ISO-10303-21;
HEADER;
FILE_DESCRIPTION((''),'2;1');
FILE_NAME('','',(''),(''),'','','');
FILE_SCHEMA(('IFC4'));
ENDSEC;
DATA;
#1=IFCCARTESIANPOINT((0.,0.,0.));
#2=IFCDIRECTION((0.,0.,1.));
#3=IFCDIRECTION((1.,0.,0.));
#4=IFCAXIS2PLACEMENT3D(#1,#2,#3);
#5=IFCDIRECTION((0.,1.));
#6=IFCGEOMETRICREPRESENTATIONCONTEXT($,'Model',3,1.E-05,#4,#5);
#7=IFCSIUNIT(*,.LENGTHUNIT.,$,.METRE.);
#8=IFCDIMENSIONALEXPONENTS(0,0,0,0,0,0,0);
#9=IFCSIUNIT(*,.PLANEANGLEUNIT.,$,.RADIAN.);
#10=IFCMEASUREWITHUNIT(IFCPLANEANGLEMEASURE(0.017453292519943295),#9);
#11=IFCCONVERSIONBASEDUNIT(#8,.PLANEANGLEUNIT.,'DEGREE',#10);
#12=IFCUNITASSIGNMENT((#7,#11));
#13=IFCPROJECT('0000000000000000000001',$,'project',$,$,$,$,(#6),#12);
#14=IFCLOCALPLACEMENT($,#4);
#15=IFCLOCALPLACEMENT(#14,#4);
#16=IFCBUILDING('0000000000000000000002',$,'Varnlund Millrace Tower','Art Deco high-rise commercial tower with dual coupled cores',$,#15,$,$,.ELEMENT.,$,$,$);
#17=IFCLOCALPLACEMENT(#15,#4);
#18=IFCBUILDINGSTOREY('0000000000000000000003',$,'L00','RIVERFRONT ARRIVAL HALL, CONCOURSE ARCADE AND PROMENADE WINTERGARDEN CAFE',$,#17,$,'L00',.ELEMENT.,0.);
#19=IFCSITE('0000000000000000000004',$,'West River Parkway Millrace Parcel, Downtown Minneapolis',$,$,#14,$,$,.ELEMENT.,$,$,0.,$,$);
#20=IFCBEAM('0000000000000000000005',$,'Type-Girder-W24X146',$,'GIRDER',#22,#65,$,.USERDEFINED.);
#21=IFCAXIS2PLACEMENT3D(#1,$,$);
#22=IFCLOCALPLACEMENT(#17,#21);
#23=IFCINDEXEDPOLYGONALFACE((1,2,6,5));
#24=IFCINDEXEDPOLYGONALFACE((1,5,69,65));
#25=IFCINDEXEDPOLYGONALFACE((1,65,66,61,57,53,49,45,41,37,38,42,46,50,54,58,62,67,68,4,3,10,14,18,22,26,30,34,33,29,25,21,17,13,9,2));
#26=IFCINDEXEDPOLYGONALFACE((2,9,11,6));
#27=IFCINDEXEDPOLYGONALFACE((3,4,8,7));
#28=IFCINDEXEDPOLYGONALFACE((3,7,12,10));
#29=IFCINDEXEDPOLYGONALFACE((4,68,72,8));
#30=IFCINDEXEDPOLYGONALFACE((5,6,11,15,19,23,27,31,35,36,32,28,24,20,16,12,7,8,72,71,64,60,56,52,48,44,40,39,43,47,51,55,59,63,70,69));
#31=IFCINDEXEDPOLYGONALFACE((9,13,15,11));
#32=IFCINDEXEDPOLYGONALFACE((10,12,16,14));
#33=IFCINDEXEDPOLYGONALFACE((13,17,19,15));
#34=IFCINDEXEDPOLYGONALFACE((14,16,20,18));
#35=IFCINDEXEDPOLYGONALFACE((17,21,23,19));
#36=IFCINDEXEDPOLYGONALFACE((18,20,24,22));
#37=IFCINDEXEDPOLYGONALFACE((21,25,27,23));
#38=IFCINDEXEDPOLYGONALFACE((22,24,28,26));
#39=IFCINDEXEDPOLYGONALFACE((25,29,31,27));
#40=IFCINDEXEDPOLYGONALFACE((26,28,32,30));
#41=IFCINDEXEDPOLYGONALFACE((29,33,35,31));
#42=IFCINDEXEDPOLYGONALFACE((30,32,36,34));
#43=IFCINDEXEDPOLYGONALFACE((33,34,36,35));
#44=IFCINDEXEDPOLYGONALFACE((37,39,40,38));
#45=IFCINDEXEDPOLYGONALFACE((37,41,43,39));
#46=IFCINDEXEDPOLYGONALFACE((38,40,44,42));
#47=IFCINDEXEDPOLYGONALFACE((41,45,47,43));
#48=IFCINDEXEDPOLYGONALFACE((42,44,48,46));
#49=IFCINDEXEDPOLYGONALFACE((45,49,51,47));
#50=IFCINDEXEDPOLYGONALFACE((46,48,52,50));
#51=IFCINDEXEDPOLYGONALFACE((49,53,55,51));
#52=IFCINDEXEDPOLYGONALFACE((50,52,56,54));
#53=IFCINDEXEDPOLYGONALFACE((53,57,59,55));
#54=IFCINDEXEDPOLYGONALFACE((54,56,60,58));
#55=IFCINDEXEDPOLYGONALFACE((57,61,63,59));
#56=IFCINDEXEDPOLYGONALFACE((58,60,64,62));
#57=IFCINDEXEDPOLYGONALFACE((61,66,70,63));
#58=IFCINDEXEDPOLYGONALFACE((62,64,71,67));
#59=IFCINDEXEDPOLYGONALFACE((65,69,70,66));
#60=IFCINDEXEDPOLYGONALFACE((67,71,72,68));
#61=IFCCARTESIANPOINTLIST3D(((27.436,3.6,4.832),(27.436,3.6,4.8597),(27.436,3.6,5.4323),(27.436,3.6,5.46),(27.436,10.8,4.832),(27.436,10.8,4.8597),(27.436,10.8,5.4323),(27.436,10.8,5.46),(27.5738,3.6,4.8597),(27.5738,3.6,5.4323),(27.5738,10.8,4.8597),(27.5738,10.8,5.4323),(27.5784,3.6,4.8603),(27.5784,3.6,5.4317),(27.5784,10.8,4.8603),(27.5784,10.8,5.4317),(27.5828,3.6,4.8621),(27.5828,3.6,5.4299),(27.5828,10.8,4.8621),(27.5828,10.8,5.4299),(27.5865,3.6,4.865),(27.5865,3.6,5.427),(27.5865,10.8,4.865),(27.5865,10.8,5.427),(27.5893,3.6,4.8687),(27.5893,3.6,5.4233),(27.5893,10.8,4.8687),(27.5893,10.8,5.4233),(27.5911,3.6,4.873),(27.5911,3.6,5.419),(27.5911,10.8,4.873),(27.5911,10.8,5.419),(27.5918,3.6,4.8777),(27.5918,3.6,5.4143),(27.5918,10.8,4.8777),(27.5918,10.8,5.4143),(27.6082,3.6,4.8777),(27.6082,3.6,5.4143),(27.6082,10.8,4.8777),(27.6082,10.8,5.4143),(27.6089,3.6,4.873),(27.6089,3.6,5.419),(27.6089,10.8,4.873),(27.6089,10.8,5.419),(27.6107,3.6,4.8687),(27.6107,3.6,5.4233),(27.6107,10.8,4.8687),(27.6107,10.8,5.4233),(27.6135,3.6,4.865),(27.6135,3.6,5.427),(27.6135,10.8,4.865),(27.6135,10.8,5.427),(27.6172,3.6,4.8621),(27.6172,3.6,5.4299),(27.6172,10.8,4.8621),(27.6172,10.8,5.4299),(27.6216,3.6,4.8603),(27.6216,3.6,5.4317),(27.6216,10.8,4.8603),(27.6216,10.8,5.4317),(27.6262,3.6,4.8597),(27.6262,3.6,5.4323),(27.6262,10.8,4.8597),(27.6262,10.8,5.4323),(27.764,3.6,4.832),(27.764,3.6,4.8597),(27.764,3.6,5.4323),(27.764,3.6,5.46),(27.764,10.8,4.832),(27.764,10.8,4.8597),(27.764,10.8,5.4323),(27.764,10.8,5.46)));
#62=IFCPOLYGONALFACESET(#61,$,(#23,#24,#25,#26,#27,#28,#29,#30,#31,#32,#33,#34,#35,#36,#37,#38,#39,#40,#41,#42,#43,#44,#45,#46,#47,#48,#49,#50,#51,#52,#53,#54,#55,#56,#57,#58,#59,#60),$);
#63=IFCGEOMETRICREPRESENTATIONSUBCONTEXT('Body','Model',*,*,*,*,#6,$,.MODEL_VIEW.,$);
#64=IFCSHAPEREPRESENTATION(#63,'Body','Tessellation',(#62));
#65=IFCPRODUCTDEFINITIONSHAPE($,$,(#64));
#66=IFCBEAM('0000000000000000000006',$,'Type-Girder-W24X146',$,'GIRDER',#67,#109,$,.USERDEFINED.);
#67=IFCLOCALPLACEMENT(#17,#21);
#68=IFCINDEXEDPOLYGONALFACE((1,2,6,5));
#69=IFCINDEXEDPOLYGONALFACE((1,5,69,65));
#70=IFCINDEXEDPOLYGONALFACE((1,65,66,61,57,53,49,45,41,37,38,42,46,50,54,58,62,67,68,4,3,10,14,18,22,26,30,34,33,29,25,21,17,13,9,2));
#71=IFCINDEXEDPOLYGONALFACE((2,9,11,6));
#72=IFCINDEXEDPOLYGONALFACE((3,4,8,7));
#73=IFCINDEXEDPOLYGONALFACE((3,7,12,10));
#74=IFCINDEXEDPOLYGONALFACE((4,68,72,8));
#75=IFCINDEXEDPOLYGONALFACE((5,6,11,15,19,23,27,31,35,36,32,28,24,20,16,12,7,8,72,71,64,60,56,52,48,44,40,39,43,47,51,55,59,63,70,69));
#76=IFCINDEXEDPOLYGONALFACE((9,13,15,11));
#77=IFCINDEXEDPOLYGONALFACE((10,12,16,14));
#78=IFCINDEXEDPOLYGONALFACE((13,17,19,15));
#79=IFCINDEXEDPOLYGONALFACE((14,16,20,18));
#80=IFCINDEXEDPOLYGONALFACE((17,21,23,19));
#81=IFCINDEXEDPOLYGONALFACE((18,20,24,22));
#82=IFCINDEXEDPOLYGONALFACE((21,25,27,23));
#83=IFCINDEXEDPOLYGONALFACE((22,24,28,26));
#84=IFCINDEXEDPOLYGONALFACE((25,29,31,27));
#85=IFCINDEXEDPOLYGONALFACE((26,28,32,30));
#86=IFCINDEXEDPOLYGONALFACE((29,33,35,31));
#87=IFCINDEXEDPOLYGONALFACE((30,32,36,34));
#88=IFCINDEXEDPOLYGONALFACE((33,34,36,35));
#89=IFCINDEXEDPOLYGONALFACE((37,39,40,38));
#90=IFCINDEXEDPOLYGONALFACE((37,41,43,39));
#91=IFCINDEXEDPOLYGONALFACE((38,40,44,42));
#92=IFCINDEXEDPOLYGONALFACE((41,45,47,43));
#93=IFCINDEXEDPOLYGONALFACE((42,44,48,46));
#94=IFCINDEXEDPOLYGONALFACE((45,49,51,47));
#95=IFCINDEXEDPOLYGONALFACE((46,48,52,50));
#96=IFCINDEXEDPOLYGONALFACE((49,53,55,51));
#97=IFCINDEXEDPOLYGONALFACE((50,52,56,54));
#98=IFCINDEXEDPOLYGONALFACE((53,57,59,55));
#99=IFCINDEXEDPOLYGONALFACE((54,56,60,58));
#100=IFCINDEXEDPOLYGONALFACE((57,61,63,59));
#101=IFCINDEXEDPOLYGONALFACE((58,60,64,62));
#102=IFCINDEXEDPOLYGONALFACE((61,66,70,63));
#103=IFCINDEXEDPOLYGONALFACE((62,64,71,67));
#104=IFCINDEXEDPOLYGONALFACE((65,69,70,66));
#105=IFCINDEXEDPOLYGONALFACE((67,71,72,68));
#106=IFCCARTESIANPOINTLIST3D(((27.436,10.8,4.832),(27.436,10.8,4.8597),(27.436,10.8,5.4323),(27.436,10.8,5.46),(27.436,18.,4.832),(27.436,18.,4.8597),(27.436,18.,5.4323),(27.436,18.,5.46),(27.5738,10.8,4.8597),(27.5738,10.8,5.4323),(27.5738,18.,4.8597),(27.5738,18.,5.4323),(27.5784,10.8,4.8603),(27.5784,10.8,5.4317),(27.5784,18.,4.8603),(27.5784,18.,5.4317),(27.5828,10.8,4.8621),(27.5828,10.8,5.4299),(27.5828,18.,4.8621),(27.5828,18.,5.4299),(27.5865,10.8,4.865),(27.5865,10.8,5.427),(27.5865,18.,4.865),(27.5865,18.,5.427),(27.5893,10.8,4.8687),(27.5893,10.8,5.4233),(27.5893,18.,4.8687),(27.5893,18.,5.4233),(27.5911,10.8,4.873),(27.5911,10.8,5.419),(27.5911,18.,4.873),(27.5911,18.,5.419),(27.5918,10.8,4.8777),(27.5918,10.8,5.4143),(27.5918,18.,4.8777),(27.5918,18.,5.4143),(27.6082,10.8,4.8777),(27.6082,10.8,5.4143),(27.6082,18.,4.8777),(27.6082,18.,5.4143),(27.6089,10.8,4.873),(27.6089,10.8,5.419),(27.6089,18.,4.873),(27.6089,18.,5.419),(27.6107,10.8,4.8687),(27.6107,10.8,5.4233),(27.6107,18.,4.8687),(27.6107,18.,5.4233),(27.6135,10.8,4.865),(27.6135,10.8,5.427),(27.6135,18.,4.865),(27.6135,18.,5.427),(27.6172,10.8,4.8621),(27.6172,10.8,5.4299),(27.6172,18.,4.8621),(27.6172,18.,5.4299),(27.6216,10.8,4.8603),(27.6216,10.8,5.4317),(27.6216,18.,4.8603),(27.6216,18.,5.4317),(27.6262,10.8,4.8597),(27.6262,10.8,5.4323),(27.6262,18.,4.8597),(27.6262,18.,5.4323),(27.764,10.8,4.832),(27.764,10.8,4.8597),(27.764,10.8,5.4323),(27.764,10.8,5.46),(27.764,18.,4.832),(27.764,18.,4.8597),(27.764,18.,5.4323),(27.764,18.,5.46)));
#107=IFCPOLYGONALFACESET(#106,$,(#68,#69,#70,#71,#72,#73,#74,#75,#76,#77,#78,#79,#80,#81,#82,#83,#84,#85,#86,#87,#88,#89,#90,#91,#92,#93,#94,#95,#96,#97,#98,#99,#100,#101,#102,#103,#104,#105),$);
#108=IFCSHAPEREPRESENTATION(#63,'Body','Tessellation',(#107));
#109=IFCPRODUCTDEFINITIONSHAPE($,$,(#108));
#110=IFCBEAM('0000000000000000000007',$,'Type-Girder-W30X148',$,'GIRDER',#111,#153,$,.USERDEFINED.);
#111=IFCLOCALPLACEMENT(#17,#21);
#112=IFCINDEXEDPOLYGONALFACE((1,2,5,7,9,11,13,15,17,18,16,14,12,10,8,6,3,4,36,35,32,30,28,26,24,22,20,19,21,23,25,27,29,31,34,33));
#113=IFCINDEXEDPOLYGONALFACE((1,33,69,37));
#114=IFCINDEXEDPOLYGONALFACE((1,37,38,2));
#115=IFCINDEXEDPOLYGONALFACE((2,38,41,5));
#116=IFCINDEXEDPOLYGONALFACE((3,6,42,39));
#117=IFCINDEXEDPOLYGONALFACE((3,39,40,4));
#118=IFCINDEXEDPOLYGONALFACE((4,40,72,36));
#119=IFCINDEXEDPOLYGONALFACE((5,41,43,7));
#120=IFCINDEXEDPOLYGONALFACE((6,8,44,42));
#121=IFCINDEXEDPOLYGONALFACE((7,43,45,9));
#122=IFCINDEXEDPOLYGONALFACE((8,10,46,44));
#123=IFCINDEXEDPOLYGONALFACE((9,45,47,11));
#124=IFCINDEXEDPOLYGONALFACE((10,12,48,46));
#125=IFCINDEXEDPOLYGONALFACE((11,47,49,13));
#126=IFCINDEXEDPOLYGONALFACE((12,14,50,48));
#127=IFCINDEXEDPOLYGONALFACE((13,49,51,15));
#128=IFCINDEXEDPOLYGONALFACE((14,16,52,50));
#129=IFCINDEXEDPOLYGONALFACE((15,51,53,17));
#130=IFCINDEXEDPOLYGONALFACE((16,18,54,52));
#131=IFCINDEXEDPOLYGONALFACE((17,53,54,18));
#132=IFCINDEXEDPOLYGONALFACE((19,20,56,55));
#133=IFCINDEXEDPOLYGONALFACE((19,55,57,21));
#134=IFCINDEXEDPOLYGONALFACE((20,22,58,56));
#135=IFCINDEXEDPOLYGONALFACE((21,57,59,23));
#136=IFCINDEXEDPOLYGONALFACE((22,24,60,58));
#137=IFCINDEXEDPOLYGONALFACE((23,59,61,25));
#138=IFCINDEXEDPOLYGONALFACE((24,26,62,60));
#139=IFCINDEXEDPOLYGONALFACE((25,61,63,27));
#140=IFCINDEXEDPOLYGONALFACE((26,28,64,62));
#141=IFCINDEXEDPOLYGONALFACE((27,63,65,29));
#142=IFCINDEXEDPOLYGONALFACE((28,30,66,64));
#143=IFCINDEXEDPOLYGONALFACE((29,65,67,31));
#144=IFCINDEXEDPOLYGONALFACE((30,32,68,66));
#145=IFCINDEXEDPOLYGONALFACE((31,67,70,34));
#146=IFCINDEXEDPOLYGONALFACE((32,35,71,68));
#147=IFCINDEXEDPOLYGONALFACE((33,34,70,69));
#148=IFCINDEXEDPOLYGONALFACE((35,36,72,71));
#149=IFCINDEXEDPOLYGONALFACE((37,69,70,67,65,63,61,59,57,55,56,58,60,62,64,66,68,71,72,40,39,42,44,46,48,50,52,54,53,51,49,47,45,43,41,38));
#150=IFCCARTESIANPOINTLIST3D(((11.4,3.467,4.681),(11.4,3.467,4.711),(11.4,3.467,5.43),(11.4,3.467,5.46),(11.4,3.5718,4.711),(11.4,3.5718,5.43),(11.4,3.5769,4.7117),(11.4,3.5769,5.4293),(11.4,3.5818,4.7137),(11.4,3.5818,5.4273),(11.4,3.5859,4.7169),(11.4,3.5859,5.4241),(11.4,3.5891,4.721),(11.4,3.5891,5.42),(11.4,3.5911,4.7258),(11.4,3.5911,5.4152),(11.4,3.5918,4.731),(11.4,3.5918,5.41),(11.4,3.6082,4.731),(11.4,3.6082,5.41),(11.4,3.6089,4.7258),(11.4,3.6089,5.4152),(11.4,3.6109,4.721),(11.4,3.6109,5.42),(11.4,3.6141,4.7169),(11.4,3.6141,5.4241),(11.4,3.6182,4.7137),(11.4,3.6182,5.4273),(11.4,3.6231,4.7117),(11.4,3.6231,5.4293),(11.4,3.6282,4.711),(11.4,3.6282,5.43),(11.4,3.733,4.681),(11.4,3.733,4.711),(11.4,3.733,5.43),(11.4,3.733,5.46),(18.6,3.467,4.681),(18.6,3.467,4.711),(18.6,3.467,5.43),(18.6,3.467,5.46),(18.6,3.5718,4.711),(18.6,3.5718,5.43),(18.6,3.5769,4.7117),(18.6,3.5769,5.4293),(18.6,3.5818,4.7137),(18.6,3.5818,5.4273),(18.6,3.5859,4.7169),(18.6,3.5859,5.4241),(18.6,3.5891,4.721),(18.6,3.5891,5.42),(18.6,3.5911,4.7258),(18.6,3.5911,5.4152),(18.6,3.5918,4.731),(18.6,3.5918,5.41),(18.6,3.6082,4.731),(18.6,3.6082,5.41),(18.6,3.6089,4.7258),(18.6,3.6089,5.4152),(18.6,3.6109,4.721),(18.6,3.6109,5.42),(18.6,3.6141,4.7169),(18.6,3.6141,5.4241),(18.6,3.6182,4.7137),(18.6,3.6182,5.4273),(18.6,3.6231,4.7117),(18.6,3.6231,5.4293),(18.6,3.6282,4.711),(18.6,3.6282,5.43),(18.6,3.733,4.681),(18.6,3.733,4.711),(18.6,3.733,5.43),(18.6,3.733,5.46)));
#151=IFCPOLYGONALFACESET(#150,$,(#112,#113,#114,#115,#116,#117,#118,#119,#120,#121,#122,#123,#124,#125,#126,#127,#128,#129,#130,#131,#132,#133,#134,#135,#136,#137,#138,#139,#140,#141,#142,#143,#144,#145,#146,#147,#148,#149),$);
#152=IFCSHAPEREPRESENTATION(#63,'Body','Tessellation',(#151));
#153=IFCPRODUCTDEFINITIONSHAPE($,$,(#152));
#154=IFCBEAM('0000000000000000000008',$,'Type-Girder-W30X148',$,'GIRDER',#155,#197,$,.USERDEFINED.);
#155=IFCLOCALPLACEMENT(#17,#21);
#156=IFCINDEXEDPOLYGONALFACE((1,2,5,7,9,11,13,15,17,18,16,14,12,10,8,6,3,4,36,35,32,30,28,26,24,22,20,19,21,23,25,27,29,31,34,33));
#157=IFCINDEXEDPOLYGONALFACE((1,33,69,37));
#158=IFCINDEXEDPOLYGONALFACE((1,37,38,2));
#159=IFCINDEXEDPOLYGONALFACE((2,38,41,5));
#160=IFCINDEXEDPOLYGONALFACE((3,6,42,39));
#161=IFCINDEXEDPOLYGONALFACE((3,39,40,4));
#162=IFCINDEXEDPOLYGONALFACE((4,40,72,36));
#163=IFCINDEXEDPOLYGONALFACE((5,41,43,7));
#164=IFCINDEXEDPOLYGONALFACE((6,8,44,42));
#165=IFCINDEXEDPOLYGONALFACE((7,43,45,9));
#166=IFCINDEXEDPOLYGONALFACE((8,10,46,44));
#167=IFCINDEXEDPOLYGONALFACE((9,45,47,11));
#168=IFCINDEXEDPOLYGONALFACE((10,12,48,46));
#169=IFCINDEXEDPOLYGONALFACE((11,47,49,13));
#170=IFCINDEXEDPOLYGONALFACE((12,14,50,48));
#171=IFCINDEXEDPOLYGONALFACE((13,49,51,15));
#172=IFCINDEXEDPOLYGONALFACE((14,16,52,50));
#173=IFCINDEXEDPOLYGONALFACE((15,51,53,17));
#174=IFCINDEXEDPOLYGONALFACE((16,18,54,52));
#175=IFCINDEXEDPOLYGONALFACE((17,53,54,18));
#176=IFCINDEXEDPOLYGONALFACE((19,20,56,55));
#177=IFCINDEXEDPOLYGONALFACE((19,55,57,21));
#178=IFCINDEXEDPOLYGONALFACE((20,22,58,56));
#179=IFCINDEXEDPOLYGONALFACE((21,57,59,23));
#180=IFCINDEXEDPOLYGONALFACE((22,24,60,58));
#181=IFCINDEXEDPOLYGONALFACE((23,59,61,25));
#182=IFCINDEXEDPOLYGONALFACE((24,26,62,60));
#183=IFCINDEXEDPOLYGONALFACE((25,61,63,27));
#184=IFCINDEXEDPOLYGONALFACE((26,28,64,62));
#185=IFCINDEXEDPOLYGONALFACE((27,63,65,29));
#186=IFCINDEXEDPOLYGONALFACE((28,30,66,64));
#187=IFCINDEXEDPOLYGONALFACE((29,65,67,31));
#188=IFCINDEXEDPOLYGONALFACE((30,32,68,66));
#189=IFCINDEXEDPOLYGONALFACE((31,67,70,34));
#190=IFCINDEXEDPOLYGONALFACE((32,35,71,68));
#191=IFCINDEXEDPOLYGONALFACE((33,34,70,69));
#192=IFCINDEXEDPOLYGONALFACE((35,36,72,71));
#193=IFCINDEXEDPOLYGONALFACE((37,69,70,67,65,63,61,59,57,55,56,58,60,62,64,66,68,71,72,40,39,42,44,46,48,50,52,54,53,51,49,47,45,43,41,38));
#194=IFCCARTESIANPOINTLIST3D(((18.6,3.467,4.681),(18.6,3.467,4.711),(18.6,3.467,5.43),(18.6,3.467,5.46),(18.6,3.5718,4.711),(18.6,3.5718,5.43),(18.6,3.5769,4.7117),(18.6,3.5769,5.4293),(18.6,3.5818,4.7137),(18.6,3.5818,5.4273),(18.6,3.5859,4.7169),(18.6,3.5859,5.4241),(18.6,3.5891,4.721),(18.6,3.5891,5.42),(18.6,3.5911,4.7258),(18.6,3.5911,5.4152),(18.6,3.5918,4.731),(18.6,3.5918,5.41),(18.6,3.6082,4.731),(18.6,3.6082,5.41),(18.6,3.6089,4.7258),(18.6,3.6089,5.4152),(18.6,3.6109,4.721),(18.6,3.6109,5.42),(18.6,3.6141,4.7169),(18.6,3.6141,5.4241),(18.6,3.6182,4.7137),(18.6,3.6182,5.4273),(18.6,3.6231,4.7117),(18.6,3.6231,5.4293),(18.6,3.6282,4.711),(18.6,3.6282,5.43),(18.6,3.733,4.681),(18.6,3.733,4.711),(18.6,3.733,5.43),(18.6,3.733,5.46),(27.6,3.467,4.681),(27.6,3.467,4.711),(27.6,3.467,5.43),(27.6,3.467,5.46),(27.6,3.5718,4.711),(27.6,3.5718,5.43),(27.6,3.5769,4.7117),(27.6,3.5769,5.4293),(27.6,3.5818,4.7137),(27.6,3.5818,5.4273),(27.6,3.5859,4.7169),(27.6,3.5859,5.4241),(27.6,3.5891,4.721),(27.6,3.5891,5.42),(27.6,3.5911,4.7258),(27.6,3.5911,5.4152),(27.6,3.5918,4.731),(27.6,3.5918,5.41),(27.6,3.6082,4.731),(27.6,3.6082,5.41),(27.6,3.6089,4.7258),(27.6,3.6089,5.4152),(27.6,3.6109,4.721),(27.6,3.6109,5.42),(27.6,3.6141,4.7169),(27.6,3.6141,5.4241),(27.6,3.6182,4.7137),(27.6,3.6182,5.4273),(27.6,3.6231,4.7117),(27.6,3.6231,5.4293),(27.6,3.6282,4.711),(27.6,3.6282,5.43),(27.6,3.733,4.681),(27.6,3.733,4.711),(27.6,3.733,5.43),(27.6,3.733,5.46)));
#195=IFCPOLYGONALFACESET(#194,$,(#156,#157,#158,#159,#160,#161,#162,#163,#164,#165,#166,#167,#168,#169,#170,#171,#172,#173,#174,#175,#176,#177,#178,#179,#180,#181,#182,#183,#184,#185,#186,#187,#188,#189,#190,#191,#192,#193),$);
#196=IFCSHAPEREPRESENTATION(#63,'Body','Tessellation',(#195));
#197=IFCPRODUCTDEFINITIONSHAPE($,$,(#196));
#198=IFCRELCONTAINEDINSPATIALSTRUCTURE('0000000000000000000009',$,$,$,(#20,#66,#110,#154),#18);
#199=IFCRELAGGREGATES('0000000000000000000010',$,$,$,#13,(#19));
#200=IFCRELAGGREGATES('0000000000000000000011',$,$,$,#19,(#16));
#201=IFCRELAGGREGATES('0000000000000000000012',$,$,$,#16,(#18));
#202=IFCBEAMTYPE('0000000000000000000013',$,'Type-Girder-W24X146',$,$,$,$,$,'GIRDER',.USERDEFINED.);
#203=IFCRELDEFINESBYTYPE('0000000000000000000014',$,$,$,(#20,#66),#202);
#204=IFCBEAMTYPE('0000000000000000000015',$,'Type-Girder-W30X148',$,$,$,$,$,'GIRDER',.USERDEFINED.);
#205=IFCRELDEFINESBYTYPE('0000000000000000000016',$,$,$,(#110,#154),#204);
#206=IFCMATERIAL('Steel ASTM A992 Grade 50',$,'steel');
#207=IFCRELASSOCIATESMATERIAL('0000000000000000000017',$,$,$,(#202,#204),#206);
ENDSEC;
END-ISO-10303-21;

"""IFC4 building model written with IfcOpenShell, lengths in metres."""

from ifc_helpers import new_model, entity, si_unit, converted_unit, direction, frame, origin_with_axes, origin_2d_with_axis, place, context, subcontext, project, spatial, i_section, extrude, material, material_profile, profile_set, type_object, element, save


model = new_model("IFC4")

# Units and contexts
model_context = context("Model", 3, precision=1e-05, world=origin_with_axes(), true_north=direction((0.0, 1.0)))
body_context = subcontext(model_context, "Body", "Model", "MODEL_VIEW")
ifc_project = project(units=[si_unit("LENGTHUNIT", "METRE"), converted_unit("PLANEANGLEUNIT", "DEGREE", entity("IfcPlaneAngleMeasure", 0.017453292519943295), si_unit("PLANEANGLEUNIT", "RADIAN"), dimensions=[0, 0, 0, 0, 0, 0, 0])], contexts=[model_context])

# Site, building, storey
site_placement = place(None, origin_with_axes())
site = spatial("IfcSite", under=ifc_project, at=site_placement, Name="West River Parkway Millrace Parcel, Downtown Minneapolis", CompositionType="ELEMENT", RefElevation=0.0)
building_placement = place(site_placement, origin_with_axes())
building = spatial("IfcBuilding", under=site, at=building_placement, Name="Varnlund Millrace Tower", Description="Art Deco high-rise commercial tower with dual coupled cores", CompositionType="ELEMENT")
storey_placement = place(building_placement, origin_with_axes())
storey = spatial("IfcBuildingStorey", under=building, at=storey_placement, Name="L00", Description="RIVERFRONT ARRIVAL HALL, CONCOURSE ARCADE AND PROMENADE WINTERGARDEN CAFE", LongName="L00", CompositionType="ELEMENT", Elevation=0.0)

# Beams
ifc_material_1 = material(Name="Steel ASTM A992 Grade 50", Category="steel")
ifc_material_profile_1 = material_profile(ifc_material_1, i_section(OverallWidth=0.328, OverallDepth=0.628, WebThickness=0.0165, FlangeThickness=0.0277, FilletRadius=0.018, at=origin_2d_with_axis()), Name="Steel ASTM A992 Grade 50")
ifc_profile_set_1 = profile_set([ifc_material_profile_1], Name="Steel ASTM A992 Grade 50")
beam_type_1 = type_object("IfcBeamType", Name="Type-Girder-W24X146", ElementType="GIRDER", PredefinedType="USERDEFINED", material=ifc_profile_set_1)
for number, where, z_axis, x_axis, name in (
    (1, (27.6, 3.6, 5.146), (0.0, 1.0, 0.0), (-1.0, 0.0, 0.0), "Type-Girder-W24X146"),
    (2, (27.6, 10.8, 5.146), (0.0, 1.0, 0.0), (-1.0, 0.0, 0.0), "Type-Girder-W24X146"),
):
    element("IfcBeam", number, at=place(storey_placement, frame(where, z_axis=z_axis, x_axis=x_axis)), inside=storey, type_object=beam_type_1, Name=name, ObjectType="GIRDER", PredefinedType="USERDEFINED", context=body_context, shape_type="SweptSolid", body=[
        extrude(i_section(OverallWidth=0.328, OverallDepth=0.628, WebThickness=0.0165, FlangeThickness=0.0277, FilletRadius=0.018, at=origin_2d_with_axis()), origin_with_axes(), (0.0, 0.0, 1.0), 7.2),
    ])
ifc_material_profile_2 = material_profile(ifc_material_1, i_section(OverallWidth=0.266, OverallDepth=0.779, WebThickness=0.0165, FlangeThickness=0.03, FilletRadius=0.02, at=origin_2d_with_axis()), Name="Steel ASTM A992 Grade 50")
ifc_profile_set_2 = profile_set([ifc_material_profile_2], Name="Steel ASTM A992 Grade 50")
beam_type_2 = type_object("IfcBeamType", Name="Type-Girder-W30X148", ElementType="GIRDER", PredefinedType="USERDEFINED", material=ifc_profile_set_2)
beam_1_placement = place(storey_placement, frame((11.4, 3.6, 5.0705), z_axis=(1.0, 0.0, 0.0), x_axis=(0.0, 1.0, 0.0)))
element("IfcBeam", 3, at=beam_1_placement, inside=storey, type_object=beam_type_2, Name="Type-Girder-W30X148", ObjectType="GIRDER", PredefinedType="USERDEFINED", context=body_context, shape_type="SweptSolid", body=[
    extrude(i_section(OverallWidth=0.266, OverallDepth=0.779, WebThickness=0.0165, FlangeThickness=0.03, FilletRadius=0.02, at=origin_2d_with_axis()), origin_with_axes(), (0.0, 0.0, 1.0), 7.2),
])
beam_2_placement = place(storey_placement, frame((18.6, 3.6, 5.0705), z_axis=(1.0, 0.0, 0.0), x_axis=(0.0, 1.0, 0.0)))
element("IfcBeam", 4, at=beam_2_placement, inside=storey, type_object=beam_type_2, Name="Type-Girder-W30X148", ObjectType="GIRDER", PredefinedType="USERDEFINED", context=body_context, shape_type="SweptSolid", body=[
    extrude(i_section(OverallWidth=0.266, OverallDepth=0.779, WebThickness=0.0165, FlangeThickness=0.03, FilletRadius=0.02, at=origin_2d_with_axis()), origin_with_axes(), (0.0, 0.0, 1.0), 9.0),
])

save(model, "model.ifc")
